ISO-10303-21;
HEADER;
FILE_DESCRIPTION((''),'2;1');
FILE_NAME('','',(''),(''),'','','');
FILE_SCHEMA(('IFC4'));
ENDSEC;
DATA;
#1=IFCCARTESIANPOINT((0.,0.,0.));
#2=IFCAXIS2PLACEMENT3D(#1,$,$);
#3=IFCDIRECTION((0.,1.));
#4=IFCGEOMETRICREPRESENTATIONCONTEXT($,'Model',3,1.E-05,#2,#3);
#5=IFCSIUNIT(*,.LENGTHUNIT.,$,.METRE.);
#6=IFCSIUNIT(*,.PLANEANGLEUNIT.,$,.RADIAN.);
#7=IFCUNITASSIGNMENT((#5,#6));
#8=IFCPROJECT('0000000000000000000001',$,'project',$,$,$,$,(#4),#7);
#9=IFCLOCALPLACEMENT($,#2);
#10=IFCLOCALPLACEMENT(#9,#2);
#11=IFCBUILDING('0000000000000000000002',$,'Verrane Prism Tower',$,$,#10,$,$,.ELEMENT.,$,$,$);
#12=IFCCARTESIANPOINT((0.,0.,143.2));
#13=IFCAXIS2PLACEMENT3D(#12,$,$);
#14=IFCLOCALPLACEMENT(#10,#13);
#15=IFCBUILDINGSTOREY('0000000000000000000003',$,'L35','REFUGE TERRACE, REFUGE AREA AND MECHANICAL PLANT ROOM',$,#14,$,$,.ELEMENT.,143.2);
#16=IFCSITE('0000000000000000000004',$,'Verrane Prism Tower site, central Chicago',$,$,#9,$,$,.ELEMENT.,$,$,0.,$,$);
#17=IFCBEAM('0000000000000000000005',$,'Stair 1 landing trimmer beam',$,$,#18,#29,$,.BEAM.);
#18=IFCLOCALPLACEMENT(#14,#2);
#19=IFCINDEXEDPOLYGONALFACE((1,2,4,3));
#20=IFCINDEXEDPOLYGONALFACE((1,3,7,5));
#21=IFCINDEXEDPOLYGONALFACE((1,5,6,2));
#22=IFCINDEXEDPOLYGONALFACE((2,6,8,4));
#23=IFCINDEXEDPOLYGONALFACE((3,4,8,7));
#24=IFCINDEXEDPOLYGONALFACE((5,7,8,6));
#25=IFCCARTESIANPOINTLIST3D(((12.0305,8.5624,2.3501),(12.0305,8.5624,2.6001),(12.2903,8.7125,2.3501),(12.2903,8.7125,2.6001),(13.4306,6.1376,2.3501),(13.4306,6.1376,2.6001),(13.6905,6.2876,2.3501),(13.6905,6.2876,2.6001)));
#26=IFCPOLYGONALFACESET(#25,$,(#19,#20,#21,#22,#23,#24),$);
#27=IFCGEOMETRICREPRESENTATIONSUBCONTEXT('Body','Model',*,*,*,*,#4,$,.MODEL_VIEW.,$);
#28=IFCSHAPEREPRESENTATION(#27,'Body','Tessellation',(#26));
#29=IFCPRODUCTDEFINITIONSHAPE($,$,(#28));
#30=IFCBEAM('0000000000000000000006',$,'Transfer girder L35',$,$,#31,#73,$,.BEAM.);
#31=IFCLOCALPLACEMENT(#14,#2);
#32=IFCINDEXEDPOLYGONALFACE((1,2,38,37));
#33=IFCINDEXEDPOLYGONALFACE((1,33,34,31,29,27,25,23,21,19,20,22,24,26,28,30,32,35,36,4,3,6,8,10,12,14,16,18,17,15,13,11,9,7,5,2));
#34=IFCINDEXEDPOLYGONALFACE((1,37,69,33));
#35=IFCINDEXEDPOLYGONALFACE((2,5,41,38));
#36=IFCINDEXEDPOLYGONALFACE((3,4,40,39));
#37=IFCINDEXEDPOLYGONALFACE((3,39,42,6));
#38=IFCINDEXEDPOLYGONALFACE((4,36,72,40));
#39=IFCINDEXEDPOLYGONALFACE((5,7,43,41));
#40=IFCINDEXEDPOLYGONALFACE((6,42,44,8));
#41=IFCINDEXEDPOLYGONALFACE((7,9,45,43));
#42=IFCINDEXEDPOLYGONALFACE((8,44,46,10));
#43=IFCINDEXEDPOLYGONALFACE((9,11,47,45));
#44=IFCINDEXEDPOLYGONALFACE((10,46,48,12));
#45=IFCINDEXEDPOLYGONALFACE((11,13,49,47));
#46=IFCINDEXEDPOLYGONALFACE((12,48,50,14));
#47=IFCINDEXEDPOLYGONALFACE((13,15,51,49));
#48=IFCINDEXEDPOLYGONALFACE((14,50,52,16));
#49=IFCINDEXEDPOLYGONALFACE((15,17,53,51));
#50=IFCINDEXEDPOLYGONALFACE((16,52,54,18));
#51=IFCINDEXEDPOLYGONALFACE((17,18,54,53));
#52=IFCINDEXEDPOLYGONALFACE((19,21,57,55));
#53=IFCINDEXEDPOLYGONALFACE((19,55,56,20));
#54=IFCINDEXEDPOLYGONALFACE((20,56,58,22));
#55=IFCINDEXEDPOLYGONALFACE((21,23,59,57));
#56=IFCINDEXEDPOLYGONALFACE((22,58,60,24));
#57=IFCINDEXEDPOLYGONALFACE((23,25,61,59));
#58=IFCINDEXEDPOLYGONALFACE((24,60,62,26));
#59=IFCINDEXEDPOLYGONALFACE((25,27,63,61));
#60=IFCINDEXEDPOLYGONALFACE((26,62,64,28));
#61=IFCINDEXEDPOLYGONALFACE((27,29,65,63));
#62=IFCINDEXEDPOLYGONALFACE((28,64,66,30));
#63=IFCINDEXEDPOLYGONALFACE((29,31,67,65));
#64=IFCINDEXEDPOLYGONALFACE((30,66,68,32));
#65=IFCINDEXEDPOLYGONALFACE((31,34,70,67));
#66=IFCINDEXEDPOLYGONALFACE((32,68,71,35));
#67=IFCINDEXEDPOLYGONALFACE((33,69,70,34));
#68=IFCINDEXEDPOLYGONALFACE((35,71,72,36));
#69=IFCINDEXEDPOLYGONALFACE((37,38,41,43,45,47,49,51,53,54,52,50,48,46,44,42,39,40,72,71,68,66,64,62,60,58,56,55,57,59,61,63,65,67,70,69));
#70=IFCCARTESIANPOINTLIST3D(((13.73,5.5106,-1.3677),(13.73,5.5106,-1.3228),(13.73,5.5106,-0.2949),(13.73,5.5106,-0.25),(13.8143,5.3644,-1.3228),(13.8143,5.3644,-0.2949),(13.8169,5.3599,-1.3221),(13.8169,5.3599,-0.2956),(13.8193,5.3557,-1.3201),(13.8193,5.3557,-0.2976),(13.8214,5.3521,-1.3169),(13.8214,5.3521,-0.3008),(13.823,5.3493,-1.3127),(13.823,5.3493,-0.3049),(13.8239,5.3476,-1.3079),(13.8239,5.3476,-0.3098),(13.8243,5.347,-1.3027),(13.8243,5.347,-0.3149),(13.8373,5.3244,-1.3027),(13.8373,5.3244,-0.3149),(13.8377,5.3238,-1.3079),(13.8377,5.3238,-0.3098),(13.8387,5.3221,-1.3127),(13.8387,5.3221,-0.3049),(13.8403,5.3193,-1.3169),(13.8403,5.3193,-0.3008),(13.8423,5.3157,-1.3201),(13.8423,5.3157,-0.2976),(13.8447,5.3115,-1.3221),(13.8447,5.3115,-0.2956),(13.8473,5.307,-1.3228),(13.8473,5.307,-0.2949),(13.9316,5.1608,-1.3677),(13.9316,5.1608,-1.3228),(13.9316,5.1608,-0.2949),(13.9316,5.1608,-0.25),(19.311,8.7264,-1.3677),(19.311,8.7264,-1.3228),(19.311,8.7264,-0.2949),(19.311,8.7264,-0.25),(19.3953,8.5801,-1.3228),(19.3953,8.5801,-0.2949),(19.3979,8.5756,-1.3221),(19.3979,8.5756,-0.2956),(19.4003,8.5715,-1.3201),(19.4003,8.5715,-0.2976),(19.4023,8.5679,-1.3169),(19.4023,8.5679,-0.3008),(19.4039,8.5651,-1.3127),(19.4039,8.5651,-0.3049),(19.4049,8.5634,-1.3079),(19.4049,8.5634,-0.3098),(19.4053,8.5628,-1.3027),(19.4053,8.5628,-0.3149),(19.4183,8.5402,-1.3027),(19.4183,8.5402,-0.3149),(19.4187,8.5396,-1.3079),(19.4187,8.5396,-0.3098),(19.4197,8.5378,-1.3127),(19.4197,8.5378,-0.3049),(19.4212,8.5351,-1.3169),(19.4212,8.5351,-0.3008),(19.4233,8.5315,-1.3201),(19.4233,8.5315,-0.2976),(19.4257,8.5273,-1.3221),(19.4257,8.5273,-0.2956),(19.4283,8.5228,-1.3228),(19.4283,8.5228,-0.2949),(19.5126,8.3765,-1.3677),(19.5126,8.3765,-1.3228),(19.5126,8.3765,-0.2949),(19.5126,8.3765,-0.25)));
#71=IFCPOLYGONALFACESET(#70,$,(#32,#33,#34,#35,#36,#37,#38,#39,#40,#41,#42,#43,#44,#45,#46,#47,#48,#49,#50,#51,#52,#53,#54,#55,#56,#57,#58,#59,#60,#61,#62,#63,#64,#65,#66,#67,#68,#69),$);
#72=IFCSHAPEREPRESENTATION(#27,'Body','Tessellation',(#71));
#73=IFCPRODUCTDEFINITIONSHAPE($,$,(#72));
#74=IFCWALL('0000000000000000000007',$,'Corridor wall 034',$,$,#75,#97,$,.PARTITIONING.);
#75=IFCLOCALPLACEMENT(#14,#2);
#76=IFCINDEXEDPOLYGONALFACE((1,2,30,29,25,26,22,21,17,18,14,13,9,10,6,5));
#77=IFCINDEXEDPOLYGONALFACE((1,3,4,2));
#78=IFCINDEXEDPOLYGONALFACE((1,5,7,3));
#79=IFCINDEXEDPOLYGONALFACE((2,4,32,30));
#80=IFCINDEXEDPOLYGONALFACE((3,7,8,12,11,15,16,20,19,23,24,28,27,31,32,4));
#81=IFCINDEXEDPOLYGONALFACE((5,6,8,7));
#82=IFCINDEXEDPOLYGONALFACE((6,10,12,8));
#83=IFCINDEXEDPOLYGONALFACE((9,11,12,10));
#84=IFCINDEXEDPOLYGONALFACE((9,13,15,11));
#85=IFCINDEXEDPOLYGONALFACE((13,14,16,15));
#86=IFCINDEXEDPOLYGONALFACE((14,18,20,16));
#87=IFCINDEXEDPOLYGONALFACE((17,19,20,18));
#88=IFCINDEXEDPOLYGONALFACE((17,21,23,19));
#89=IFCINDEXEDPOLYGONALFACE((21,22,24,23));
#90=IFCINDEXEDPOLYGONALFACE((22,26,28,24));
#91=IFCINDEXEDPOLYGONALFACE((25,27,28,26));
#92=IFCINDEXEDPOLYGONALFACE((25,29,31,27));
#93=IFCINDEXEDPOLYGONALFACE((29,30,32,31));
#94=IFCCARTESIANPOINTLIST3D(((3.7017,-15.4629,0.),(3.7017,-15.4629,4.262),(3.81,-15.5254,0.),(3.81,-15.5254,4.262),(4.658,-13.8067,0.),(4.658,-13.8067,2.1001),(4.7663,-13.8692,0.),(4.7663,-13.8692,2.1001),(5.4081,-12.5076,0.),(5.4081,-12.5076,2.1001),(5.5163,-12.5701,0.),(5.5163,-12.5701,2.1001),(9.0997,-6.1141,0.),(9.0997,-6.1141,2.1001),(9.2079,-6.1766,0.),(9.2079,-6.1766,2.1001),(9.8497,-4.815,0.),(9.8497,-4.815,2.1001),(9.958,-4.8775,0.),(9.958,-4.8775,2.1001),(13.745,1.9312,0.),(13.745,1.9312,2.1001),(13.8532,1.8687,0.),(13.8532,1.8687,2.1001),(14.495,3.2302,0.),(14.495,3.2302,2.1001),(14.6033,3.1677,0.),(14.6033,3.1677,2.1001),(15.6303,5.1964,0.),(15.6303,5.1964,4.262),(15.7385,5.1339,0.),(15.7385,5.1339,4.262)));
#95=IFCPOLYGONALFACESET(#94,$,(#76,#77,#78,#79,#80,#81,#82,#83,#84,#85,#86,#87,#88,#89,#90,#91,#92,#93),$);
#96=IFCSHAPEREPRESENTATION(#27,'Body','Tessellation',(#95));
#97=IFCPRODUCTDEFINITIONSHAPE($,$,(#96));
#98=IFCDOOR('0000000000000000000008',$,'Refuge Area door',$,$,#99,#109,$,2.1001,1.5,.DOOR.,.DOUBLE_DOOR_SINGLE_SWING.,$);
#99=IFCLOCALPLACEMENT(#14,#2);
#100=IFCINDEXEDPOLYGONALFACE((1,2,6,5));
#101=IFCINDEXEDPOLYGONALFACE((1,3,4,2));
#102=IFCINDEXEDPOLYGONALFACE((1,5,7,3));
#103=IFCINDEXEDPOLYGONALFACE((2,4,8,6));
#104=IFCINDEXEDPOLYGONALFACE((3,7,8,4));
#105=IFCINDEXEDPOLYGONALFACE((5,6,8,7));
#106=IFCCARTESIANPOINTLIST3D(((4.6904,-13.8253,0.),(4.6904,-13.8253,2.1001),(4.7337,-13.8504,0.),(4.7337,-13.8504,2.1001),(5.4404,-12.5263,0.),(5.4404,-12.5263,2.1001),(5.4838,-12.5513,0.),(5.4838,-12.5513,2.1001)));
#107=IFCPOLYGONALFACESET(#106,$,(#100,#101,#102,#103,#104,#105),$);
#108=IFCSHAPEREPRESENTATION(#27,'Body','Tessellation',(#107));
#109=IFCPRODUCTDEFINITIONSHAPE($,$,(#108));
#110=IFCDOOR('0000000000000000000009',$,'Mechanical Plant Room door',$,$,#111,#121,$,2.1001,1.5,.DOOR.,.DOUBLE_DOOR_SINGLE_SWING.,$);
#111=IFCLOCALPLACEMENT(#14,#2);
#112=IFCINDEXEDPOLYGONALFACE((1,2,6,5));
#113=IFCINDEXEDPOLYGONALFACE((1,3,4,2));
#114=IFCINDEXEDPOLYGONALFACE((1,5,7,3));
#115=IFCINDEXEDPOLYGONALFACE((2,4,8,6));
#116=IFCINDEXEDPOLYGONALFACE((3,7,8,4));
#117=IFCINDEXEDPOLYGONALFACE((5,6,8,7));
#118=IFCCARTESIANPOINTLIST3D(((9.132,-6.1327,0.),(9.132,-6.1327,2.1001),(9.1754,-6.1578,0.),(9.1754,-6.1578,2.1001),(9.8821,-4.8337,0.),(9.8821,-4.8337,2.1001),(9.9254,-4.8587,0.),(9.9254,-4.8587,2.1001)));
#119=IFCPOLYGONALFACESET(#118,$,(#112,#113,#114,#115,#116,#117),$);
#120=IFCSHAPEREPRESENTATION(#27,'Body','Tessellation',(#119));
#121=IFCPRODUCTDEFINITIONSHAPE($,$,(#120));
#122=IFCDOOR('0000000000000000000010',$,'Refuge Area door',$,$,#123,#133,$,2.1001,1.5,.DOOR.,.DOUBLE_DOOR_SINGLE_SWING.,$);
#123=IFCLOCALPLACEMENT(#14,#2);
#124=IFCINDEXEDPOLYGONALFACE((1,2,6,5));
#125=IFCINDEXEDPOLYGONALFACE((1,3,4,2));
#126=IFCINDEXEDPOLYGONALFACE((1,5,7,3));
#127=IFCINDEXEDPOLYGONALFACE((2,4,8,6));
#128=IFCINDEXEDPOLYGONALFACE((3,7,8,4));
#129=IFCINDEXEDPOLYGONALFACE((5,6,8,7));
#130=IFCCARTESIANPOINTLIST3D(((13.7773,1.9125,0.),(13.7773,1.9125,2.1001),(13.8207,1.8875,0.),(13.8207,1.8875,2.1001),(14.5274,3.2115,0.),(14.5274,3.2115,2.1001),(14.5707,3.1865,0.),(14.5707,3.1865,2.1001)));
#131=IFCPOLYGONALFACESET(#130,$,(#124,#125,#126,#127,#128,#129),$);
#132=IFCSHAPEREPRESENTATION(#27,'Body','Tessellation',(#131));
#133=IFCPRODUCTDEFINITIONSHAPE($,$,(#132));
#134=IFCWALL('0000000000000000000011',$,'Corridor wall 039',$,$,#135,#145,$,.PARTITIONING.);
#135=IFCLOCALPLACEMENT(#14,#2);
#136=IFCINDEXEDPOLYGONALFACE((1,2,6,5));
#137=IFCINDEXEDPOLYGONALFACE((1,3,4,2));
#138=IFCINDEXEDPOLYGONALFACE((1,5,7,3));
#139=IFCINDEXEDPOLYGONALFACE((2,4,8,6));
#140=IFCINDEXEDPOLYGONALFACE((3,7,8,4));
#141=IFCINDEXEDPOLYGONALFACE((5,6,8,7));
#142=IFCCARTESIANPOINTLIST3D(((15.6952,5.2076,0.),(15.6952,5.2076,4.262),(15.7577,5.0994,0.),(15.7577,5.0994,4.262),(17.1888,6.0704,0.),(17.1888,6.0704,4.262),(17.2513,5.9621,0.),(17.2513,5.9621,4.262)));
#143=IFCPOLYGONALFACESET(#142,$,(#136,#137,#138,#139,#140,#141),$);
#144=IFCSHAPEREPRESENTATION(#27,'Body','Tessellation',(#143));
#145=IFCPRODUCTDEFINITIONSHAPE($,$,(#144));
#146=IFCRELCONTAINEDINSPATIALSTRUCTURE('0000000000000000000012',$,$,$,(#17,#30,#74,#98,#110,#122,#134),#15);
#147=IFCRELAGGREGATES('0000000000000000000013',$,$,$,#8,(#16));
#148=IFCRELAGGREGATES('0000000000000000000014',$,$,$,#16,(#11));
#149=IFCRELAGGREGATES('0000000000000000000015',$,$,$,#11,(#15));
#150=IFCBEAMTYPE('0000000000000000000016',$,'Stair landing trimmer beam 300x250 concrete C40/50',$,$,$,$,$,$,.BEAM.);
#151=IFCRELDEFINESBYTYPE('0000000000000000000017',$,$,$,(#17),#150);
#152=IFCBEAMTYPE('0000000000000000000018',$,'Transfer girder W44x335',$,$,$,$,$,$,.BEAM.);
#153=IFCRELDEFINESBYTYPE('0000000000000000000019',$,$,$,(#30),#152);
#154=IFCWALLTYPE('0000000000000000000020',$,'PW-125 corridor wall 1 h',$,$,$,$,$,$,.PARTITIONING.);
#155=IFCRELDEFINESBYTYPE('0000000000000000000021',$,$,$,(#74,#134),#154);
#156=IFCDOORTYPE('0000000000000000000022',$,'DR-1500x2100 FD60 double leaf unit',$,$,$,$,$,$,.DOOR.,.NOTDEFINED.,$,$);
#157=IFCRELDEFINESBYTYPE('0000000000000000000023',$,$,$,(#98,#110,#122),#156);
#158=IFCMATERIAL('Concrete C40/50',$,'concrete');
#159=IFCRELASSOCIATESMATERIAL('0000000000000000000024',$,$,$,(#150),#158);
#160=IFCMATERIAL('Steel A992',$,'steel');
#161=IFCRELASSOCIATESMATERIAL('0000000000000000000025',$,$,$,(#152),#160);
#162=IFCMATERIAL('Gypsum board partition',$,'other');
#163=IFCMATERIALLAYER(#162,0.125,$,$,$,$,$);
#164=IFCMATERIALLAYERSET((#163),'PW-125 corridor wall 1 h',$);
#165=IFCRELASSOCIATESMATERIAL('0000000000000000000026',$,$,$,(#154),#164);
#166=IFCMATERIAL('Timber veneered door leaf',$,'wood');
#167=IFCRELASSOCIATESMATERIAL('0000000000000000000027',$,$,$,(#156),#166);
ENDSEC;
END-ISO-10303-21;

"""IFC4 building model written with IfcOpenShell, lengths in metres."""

from ifc_helpers import new_model, si_unit, direction, frame, frame_2d, origin, origin_2d, place, context, subcontext, project, spatial, rectangle, i_section, extrude, material, layer, layer_set, material_profile, profile_set, type_object, element, fill, save


model = new_model("IFC4")

# Units and contexts
model_context = context("Model", 3, precision=1e-05, world=origin(), true_north=direction((0.0, 1.0)))
body_context = subcontext(model_context, "Body", "Model", "MODEL_VIEW")
ifc_project = project(units=[si_unit("LENGTHUNIT", "METRE"), si_unit("PLANEANGLEUNIT", "RADIAN")], contexts=[model_context])

# Site, building, storey
site_placement = place(None, origin())
site = spatial("IfcSite", under=ifc_project, at=site_placement, Name="Verrane Prism Tower site, central Chicago", CompositionType="ELEMENT", RefElevation=0.0)
building_placement = place(site_placement, origin())
building = spatial("IfcBuilding", under=site, at=building_placement, Name="Verrane Prism Tower", CompositionType="ELEMENT")
storey_placement = place(building_placement, frame((0.0, 0.0, 143.2)))
storey = spatial("IfcBuildingStorey", under=building, at=storey_placement, Name="L35", Description="REFUGE TERRACE, REFUGE AREA AND MECHANICAL PLANT ROOM", CompositionType="ELEMENT", Elevation=143.2)

# Beams
ifc_material_1 = material(Name="Concrete C40/50", Category="concrete")
ifc_material_profile_1 = material_profile(ifc_material_1, rectangle(XDim=0.3, YDim=0.25, at=origin_2d()), Name="RC 300x250")
ifc_profile_set_1 = profile_set([ifc_material_profile_1], Name="Concrete C40/50")
beam_type_1 = type_object("IfcBeamType", Name="Stair landing trimmer beam 300x250 concrete C40/50", PredefinedType="BEAM", material=ifc_profile_set_1)
beam_1_placement = place(storey_placement, frame((12.1604, 8.6375, 2.4751), z_axis=(0.50005, -0.865997, 0.0), x_axis=(0.865997, 0.50005, 0.0)))
element("IfcBeam", 1, at=beam_1_placement, inside=storey, type_object=beam_type_1, Name="Stair 1 landing trimmer beam", PredefinedType="BEAM", context=body_context, shape_type="SweptSolid", body=[
    extrude(rectangle(XDim=0.3, YDim=0.25, at=origin_2d()), origin(), (0.0, 0.0, 1.0), 2.8),
])
ifc_material_2 = material(Name="Steel A992", Category="steel")
ifc_material_profile_2 = material_profile(ifc_material_2, i_section(OverallWidth=0.4038, OverallDepth=1.1177, WebThickness=0.0261, FlangeThickness=0.0449, FilletRadius=0.02, at=origin_2d()), Name="W44x335")
ifc_profile_set_2 = profile_set([ifc_material_profile_2], Name="Steel A992")
beam_type_2 = type_object("IfcBeamType", Name="Transfer girder W44x335", PredefinedType="BEAM", material=ifc_profile_set_2)
beam_2_placement = place(storey_placement, frame((13.8308, 5.3357, -0.8088), z_axis=(0.866456, 0.499254, 0.0), x_axis=(-0.499254, 0.866456, 0.0)))
element("IfcBeam", 2, at=beam_2_placement, inside=storey, type_object=beam_type_2, Name="Transfer girder L35", PredefinedType="BEAM", context=body_context, shape_type="SweptSolid", body=[
    extrude(i_section(OverallWidth=0.4038, OverallDepth=1.1177, WebThickness=0.0261, FlangeThickness=0.0449, FilletRadius=0.02, at=origin_2d()), origin(), (0.0, 0.0, 1.0), 6.4412),
])

# Wall, openings, doors
ifc_material_3 = material(Name="Gypsum board partition", Category="other")
ifc_layer = layer(ifc_material_3, 0.125)
ifc_layer_set = layer_set([ifc_layer], Name="PW-125 corridor wall 1 h")
wall_type = type_object("IfcWallType", Name="PW-125 corridor wall 1 h", PredefinedType="PARTITIONING", material=ifc_layer_set)
wall_1_placement = place(storey_placement, frame((15.6843, 5.165, 0.0), z_axis=(0.0, 0.0, 1.0), x_axis=(-0.500028, -0.866009, 0.0)))
wall_1 = element("IfcWall", 3, at=wall_1_placement, inside=storey, type_object=wall_type, Name="Corridor wall 034", PredefinedType="PARTITIONING", context=body_context, shape_type="SweptSolid", body=[
    extrude(rectangle(XDim=23.8557, YDim=0.125, at=frame_2d((11.9277, 0.0))), origin(), (0.0, 0.0, 1.0), 4.262),
])
opening_1_placement = place(wall_1_placement, frame((20.4431, 0.0, 0.0)))
opening_1 = element("IfcOpeningElement", 4, at=opening_1_placement, cuts=wall_1, PredefinedType="OPENING", context=body_context, shape_type="SweptSolid", body=[
    extrude(rectangle(XDim=1.5, YDim=2.1001, at=frame_2d((0.75, 1.05))), frame((0.0, 0.0725, 0.0), z_axis=(0.0, -1.0, 0.0), x_axis=(1.0, 0.0, 0.0)), (0.0, 0.0, 1.0), 0.145),
])
opening_2_placement = place(wall_1_placement, frame((11.5603, 0.0, 0.0)))
opening_2 = element("IfcOpeningElement", 5, at=opening_2_placement, cuts=wall_1, PredefinedType="OPENING", context=body_context, shape_type="SweptSolid", body=[
    extrude(rectangle(XDim=1.5, YDim=2.1001, at=frame_2d((0.75, 1.05))), frame((0.0, 0.0725, 0.0), z_axis=(0.0, -1.0, 0.0), x_axis=(1.0, 0.0, 0.0)), (0.0, 0.0, 1.0), 0.145),
])
opening_3_placement = place(wall_1_placement, frame((2.2703, 0.0, 0.0)))
opening_3 = element("IfcOpeningElement", 6, at=opening_3_placement, cuts=wall_1, PredefinedType="OPENING", context=body_context, shape_type="SweptSolid", body=[
    extrude(rectangle(XDim=1.5, YDim=2.1001, at=frame_2d((0.75, 1.05))), frame((0.0, 0.0725, 0.0), z_axis=(0.0, -1.0, 0.0), x_axis=(1.0, 0.0, 0.0)), (0.0, 0.0, 1.0), 0.145),
])
ifc_material_4 = material(Name="Timber veneered door leaf", Category="wood")
door_type = type_object("IfcDoorType", Name="DR-1500x2100 FD60 double leaf unit", OperationType="NOTDEFINED", PredefinedType="DOOR", material=ifc_material_4)
door_1_placement = place(opening_1_placement, origin())
door_1 = element("IfcDoor", 7, at=door_1_placement, inside=storey, type_object=door_type, Name="Refuge Area door", OperationType="DOUBLE_DOOR_SINGLE_SWING", OverallHeight=2.1001, OverallWidth=1.5, PredefinedType="DOOR", context=body_context, shape_type="SweptSolid", body=[
    extrude(rectangle(XDim=1.5, YDim=2.1001, at=frame_2d((0.75, 1.05))), frame((0.0, 0.0249, 0.0), z_axis=(0.0, -1.0, 0.0), x_axis=(1.0, 0.0, 0.0)), (0.0, 0.0, 1.0), 0.05),
])
fill(opening_1, door_1)
door_2_placement = place(opening_2_placement, origin())
door_2 = element("IfcDoor", 8, at=door_2_placement, inside=storey, type_object=door_type, Name="Mechanical Plant Room door", OperationType="DOUBLE_DOOR_SINGLE_SWING", OverallHeight=2.1001, OverallWidth=1.5, PredefinedType="DOOR", context=body_context, shape_type="SweptSolid", body=[
    extrude(rectangle(XDim=1.5, YDim=2.1001, at=frame_2d((0.75, 1.05))), frame((0.0, 0.0249, 0.0), z_axis=(0.0, -1.0, 0.0), x_axis=(1.0, 0.0, 0.0)), (0.0, 0.0, 1.0), 0.05),
])
fill(opening_2, door_2)
door_3_placement = place(opening_3_placement, origin())
door_3 = element("IfcDoor", 9, at=door_3_placement, inside=storey, type_object=door_type, Name="Refuge Area door", OperationType="DOUBLE_DOOR_SINGLE_SWING", OverallHeight=2.1001, OverallWidth=1.5, PredefinedType="DOOR", context=body_context, shape_type="SweptSolid", body=[
    extrude(rectangle(XDim=1.5, YDim=2.1001, at=frame_2d((0.75, 1.05))), frame((0.0, 0.0249, 0.0), z_axis=(0.0, -1.0, 0.0), x_axis=(1.0, 0.0, 0.0)), (0.0, 0.0, 1.0), 0.05),
])
fill(opening_3, door_3)

# Wall
wall_2_placement = place(storey_placement, frame((15.7266, 5.1536, 0.0), z_axis=(0.0, 0.0, 1.0), x_axis=(0.865917, 0.500188, 0.0)))
element("IfcWall", 10, at=wall_2_placement, inside=storey, type_object=wall_type, Name="Corridor wall 039", PredefinedType="PARTITIONING", context=body_context, shape_type="SweptSolid", body=[
    extrude(rectangle(XDim=1.7249, YDim=0.125, at=frame_2d((0.8623, 0.0))), origin(), (0.0, 0.0, 1.0), 4.262),
])

save(model, "model.ifc")
